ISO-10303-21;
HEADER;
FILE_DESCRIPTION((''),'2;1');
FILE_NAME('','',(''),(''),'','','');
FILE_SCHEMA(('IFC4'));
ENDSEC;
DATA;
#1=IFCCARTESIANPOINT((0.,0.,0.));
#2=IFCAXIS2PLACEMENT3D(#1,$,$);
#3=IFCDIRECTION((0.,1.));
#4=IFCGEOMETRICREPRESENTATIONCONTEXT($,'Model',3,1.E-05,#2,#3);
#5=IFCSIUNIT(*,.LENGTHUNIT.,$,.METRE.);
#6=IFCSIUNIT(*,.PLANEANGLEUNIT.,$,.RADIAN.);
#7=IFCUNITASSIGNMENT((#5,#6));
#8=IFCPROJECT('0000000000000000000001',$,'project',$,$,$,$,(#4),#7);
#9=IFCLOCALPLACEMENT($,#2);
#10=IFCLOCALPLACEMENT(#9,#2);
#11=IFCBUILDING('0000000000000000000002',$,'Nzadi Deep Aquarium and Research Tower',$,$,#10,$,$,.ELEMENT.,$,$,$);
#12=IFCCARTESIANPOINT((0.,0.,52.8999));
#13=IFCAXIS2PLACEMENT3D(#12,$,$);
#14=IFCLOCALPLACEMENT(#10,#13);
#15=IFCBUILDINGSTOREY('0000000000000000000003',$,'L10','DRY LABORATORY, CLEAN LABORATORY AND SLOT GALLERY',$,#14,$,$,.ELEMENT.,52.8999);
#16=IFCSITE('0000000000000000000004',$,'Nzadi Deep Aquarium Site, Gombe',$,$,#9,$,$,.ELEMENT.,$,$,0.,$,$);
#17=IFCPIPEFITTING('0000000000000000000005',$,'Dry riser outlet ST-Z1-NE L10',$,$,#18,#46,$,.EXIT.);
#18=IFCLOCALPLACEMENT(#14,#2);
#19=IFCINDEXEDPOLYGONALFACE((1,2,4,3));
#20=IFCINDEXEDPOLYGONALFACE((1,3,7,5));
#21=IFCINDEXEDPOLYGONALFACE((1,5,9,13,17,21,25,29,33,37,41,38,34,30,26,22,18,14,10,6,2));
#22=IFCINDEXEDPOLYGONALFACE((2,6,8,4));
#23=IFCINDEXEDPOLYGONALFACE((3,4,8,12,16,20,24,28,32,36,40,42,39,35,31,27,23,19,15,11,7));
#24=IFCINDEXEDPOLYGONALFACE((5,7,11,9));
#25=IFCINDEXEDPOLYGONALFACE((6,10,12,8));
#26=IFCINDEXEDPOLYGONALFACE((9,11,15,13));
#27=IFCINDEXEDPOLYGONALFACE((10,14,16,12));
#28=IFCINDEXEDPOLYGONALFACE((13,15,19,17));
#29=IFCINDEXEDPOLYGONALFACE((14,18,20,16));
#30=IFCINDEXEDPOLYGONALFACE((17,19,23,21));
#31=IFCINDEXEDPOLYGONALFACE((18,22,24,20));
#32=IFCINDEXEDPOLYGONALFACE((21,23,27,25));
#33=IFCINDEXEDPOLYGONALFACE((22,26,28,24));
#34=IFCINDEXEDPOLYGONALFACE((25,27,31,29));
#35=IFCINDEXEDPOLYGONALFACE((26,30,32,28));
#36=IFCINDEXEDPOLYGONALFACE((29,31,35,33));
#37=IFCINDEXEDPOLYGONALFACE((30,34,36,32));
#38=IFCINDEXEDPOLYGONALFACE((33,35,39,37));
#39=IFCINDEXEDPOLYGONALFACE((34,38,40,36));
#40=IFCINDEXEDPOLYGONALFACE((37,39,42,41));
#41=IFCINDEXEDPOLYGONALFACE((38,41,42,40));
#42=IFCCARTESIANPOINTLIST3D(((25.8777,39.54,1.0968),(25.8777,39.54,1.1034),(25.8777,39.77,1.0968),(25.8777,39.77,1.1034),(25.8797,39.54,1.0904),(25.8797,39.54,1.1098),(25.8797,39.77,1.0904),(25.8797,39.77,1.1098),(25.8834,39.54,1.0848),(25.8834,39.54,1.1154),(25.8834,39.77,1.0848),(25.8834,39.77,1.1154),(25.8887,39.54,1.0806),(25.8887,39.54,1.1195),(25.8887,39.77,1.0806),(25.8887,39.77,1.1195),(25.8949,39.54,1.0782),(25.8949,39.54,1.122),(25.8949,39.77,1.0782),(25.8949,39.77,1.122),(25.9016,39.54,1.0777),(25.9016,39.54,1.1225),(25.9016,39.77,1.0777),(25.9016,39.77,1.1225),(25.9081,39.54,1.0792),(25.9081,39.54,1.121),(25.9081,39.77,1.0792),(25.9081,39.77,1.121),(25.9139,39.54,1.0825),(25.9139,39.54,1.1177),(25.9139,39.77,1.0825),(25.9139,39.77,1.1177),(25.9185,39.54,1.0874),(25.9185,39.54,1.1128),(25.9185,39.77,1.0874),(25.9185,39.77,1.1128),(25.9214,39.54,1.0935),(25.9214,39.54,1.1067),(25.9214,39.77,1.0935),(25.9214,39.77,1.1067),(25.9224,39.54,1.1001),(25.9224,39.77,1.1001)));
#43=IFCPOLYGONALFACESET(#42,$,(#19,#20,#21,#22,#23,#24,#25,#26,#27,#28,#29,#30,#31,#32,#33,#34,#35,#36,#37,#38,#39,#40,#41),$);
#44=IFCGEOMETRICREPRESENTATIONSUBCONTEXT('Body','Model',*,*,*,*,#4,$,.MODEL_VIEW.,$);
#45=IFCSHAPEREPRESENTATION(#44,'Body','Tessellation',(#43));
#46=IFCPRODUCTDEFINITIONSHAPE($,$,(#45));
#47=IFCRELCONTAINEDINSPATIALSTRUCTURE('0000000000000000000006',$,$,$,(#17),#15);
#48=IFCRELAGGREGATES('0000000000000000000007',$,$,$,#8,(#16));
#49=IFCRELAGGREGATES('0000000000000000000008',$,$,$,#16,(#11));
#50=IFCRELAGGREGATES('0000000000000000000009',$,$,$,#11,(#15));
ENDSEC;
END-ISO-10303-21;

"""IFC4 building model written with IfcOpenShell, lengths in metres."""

from ifc_helpers import new_model, si_unit, direction, frame, origin, origin_2d, place, context, subcontext, project, spatial, circle, extrude, element, save


model = new_model("IFC4")

# Units and contexts
model_context = context("Model", 3, precision=1e-05, world=origin(), true_north=direction((0.0, 1.0)))
body_context = subcontext(model_context, "Body", "Model", "MODEL_VIEW")
ifc_project = project(units=[si_unit("LENGTHUNIT", "METRE"), si_unit("PLANEANGLEUNIT", "RADIAN")], contexts=[model_context])

# Site, building, storey
site_placement = place(None, origin())
site = spatial("IfcSite", under=ifc_project, at=site_placement, Name="Nzadi Deep Aquarium Site, Gombe", CompositionType="ELEMENT", RefElevation=0.0)
building_placement = place(site_placement, origin())
building = spatial("IfcBuilding", under=site, at=building_placement, Name="Nzadi Deep Aquarium and Research Tower", CompositionType="ELEMENT")
storey_placement = place(building_placement, frame((0.0, 0.0, 52.8999)))
storey = spatial("IfcBuildingStorey", under=building, at=storey_placement, Name="L10", Description="DRY LABORATORY, CLEAN LABORATORY AND SLOT GALLERY", CompositionType="ELEMENT", Elevation=52.8999)

# Pipe fitting
pipe_fitting_placement = place(storey_placement, frame((25.8999, 39.77, 1.1001), z_axis=(0.0, -1.0, 0.0), x_axis=(1.0, 0.0, 0.0)))
element("IfcPipeFitting", 1, at=pipe_fitting_placement, inside=storey, Name="Dry riser outlet ST-Z1-NE L10", PredefinedType="EXIT", context=body_context, shape_type="SweptSolid", body=[
    extrude(circle(Radius=0.0225, at=origin_2d()), origin(), (0.0, 0.0, 1.0), 0.23),
])

save(model, "model.ifc")
